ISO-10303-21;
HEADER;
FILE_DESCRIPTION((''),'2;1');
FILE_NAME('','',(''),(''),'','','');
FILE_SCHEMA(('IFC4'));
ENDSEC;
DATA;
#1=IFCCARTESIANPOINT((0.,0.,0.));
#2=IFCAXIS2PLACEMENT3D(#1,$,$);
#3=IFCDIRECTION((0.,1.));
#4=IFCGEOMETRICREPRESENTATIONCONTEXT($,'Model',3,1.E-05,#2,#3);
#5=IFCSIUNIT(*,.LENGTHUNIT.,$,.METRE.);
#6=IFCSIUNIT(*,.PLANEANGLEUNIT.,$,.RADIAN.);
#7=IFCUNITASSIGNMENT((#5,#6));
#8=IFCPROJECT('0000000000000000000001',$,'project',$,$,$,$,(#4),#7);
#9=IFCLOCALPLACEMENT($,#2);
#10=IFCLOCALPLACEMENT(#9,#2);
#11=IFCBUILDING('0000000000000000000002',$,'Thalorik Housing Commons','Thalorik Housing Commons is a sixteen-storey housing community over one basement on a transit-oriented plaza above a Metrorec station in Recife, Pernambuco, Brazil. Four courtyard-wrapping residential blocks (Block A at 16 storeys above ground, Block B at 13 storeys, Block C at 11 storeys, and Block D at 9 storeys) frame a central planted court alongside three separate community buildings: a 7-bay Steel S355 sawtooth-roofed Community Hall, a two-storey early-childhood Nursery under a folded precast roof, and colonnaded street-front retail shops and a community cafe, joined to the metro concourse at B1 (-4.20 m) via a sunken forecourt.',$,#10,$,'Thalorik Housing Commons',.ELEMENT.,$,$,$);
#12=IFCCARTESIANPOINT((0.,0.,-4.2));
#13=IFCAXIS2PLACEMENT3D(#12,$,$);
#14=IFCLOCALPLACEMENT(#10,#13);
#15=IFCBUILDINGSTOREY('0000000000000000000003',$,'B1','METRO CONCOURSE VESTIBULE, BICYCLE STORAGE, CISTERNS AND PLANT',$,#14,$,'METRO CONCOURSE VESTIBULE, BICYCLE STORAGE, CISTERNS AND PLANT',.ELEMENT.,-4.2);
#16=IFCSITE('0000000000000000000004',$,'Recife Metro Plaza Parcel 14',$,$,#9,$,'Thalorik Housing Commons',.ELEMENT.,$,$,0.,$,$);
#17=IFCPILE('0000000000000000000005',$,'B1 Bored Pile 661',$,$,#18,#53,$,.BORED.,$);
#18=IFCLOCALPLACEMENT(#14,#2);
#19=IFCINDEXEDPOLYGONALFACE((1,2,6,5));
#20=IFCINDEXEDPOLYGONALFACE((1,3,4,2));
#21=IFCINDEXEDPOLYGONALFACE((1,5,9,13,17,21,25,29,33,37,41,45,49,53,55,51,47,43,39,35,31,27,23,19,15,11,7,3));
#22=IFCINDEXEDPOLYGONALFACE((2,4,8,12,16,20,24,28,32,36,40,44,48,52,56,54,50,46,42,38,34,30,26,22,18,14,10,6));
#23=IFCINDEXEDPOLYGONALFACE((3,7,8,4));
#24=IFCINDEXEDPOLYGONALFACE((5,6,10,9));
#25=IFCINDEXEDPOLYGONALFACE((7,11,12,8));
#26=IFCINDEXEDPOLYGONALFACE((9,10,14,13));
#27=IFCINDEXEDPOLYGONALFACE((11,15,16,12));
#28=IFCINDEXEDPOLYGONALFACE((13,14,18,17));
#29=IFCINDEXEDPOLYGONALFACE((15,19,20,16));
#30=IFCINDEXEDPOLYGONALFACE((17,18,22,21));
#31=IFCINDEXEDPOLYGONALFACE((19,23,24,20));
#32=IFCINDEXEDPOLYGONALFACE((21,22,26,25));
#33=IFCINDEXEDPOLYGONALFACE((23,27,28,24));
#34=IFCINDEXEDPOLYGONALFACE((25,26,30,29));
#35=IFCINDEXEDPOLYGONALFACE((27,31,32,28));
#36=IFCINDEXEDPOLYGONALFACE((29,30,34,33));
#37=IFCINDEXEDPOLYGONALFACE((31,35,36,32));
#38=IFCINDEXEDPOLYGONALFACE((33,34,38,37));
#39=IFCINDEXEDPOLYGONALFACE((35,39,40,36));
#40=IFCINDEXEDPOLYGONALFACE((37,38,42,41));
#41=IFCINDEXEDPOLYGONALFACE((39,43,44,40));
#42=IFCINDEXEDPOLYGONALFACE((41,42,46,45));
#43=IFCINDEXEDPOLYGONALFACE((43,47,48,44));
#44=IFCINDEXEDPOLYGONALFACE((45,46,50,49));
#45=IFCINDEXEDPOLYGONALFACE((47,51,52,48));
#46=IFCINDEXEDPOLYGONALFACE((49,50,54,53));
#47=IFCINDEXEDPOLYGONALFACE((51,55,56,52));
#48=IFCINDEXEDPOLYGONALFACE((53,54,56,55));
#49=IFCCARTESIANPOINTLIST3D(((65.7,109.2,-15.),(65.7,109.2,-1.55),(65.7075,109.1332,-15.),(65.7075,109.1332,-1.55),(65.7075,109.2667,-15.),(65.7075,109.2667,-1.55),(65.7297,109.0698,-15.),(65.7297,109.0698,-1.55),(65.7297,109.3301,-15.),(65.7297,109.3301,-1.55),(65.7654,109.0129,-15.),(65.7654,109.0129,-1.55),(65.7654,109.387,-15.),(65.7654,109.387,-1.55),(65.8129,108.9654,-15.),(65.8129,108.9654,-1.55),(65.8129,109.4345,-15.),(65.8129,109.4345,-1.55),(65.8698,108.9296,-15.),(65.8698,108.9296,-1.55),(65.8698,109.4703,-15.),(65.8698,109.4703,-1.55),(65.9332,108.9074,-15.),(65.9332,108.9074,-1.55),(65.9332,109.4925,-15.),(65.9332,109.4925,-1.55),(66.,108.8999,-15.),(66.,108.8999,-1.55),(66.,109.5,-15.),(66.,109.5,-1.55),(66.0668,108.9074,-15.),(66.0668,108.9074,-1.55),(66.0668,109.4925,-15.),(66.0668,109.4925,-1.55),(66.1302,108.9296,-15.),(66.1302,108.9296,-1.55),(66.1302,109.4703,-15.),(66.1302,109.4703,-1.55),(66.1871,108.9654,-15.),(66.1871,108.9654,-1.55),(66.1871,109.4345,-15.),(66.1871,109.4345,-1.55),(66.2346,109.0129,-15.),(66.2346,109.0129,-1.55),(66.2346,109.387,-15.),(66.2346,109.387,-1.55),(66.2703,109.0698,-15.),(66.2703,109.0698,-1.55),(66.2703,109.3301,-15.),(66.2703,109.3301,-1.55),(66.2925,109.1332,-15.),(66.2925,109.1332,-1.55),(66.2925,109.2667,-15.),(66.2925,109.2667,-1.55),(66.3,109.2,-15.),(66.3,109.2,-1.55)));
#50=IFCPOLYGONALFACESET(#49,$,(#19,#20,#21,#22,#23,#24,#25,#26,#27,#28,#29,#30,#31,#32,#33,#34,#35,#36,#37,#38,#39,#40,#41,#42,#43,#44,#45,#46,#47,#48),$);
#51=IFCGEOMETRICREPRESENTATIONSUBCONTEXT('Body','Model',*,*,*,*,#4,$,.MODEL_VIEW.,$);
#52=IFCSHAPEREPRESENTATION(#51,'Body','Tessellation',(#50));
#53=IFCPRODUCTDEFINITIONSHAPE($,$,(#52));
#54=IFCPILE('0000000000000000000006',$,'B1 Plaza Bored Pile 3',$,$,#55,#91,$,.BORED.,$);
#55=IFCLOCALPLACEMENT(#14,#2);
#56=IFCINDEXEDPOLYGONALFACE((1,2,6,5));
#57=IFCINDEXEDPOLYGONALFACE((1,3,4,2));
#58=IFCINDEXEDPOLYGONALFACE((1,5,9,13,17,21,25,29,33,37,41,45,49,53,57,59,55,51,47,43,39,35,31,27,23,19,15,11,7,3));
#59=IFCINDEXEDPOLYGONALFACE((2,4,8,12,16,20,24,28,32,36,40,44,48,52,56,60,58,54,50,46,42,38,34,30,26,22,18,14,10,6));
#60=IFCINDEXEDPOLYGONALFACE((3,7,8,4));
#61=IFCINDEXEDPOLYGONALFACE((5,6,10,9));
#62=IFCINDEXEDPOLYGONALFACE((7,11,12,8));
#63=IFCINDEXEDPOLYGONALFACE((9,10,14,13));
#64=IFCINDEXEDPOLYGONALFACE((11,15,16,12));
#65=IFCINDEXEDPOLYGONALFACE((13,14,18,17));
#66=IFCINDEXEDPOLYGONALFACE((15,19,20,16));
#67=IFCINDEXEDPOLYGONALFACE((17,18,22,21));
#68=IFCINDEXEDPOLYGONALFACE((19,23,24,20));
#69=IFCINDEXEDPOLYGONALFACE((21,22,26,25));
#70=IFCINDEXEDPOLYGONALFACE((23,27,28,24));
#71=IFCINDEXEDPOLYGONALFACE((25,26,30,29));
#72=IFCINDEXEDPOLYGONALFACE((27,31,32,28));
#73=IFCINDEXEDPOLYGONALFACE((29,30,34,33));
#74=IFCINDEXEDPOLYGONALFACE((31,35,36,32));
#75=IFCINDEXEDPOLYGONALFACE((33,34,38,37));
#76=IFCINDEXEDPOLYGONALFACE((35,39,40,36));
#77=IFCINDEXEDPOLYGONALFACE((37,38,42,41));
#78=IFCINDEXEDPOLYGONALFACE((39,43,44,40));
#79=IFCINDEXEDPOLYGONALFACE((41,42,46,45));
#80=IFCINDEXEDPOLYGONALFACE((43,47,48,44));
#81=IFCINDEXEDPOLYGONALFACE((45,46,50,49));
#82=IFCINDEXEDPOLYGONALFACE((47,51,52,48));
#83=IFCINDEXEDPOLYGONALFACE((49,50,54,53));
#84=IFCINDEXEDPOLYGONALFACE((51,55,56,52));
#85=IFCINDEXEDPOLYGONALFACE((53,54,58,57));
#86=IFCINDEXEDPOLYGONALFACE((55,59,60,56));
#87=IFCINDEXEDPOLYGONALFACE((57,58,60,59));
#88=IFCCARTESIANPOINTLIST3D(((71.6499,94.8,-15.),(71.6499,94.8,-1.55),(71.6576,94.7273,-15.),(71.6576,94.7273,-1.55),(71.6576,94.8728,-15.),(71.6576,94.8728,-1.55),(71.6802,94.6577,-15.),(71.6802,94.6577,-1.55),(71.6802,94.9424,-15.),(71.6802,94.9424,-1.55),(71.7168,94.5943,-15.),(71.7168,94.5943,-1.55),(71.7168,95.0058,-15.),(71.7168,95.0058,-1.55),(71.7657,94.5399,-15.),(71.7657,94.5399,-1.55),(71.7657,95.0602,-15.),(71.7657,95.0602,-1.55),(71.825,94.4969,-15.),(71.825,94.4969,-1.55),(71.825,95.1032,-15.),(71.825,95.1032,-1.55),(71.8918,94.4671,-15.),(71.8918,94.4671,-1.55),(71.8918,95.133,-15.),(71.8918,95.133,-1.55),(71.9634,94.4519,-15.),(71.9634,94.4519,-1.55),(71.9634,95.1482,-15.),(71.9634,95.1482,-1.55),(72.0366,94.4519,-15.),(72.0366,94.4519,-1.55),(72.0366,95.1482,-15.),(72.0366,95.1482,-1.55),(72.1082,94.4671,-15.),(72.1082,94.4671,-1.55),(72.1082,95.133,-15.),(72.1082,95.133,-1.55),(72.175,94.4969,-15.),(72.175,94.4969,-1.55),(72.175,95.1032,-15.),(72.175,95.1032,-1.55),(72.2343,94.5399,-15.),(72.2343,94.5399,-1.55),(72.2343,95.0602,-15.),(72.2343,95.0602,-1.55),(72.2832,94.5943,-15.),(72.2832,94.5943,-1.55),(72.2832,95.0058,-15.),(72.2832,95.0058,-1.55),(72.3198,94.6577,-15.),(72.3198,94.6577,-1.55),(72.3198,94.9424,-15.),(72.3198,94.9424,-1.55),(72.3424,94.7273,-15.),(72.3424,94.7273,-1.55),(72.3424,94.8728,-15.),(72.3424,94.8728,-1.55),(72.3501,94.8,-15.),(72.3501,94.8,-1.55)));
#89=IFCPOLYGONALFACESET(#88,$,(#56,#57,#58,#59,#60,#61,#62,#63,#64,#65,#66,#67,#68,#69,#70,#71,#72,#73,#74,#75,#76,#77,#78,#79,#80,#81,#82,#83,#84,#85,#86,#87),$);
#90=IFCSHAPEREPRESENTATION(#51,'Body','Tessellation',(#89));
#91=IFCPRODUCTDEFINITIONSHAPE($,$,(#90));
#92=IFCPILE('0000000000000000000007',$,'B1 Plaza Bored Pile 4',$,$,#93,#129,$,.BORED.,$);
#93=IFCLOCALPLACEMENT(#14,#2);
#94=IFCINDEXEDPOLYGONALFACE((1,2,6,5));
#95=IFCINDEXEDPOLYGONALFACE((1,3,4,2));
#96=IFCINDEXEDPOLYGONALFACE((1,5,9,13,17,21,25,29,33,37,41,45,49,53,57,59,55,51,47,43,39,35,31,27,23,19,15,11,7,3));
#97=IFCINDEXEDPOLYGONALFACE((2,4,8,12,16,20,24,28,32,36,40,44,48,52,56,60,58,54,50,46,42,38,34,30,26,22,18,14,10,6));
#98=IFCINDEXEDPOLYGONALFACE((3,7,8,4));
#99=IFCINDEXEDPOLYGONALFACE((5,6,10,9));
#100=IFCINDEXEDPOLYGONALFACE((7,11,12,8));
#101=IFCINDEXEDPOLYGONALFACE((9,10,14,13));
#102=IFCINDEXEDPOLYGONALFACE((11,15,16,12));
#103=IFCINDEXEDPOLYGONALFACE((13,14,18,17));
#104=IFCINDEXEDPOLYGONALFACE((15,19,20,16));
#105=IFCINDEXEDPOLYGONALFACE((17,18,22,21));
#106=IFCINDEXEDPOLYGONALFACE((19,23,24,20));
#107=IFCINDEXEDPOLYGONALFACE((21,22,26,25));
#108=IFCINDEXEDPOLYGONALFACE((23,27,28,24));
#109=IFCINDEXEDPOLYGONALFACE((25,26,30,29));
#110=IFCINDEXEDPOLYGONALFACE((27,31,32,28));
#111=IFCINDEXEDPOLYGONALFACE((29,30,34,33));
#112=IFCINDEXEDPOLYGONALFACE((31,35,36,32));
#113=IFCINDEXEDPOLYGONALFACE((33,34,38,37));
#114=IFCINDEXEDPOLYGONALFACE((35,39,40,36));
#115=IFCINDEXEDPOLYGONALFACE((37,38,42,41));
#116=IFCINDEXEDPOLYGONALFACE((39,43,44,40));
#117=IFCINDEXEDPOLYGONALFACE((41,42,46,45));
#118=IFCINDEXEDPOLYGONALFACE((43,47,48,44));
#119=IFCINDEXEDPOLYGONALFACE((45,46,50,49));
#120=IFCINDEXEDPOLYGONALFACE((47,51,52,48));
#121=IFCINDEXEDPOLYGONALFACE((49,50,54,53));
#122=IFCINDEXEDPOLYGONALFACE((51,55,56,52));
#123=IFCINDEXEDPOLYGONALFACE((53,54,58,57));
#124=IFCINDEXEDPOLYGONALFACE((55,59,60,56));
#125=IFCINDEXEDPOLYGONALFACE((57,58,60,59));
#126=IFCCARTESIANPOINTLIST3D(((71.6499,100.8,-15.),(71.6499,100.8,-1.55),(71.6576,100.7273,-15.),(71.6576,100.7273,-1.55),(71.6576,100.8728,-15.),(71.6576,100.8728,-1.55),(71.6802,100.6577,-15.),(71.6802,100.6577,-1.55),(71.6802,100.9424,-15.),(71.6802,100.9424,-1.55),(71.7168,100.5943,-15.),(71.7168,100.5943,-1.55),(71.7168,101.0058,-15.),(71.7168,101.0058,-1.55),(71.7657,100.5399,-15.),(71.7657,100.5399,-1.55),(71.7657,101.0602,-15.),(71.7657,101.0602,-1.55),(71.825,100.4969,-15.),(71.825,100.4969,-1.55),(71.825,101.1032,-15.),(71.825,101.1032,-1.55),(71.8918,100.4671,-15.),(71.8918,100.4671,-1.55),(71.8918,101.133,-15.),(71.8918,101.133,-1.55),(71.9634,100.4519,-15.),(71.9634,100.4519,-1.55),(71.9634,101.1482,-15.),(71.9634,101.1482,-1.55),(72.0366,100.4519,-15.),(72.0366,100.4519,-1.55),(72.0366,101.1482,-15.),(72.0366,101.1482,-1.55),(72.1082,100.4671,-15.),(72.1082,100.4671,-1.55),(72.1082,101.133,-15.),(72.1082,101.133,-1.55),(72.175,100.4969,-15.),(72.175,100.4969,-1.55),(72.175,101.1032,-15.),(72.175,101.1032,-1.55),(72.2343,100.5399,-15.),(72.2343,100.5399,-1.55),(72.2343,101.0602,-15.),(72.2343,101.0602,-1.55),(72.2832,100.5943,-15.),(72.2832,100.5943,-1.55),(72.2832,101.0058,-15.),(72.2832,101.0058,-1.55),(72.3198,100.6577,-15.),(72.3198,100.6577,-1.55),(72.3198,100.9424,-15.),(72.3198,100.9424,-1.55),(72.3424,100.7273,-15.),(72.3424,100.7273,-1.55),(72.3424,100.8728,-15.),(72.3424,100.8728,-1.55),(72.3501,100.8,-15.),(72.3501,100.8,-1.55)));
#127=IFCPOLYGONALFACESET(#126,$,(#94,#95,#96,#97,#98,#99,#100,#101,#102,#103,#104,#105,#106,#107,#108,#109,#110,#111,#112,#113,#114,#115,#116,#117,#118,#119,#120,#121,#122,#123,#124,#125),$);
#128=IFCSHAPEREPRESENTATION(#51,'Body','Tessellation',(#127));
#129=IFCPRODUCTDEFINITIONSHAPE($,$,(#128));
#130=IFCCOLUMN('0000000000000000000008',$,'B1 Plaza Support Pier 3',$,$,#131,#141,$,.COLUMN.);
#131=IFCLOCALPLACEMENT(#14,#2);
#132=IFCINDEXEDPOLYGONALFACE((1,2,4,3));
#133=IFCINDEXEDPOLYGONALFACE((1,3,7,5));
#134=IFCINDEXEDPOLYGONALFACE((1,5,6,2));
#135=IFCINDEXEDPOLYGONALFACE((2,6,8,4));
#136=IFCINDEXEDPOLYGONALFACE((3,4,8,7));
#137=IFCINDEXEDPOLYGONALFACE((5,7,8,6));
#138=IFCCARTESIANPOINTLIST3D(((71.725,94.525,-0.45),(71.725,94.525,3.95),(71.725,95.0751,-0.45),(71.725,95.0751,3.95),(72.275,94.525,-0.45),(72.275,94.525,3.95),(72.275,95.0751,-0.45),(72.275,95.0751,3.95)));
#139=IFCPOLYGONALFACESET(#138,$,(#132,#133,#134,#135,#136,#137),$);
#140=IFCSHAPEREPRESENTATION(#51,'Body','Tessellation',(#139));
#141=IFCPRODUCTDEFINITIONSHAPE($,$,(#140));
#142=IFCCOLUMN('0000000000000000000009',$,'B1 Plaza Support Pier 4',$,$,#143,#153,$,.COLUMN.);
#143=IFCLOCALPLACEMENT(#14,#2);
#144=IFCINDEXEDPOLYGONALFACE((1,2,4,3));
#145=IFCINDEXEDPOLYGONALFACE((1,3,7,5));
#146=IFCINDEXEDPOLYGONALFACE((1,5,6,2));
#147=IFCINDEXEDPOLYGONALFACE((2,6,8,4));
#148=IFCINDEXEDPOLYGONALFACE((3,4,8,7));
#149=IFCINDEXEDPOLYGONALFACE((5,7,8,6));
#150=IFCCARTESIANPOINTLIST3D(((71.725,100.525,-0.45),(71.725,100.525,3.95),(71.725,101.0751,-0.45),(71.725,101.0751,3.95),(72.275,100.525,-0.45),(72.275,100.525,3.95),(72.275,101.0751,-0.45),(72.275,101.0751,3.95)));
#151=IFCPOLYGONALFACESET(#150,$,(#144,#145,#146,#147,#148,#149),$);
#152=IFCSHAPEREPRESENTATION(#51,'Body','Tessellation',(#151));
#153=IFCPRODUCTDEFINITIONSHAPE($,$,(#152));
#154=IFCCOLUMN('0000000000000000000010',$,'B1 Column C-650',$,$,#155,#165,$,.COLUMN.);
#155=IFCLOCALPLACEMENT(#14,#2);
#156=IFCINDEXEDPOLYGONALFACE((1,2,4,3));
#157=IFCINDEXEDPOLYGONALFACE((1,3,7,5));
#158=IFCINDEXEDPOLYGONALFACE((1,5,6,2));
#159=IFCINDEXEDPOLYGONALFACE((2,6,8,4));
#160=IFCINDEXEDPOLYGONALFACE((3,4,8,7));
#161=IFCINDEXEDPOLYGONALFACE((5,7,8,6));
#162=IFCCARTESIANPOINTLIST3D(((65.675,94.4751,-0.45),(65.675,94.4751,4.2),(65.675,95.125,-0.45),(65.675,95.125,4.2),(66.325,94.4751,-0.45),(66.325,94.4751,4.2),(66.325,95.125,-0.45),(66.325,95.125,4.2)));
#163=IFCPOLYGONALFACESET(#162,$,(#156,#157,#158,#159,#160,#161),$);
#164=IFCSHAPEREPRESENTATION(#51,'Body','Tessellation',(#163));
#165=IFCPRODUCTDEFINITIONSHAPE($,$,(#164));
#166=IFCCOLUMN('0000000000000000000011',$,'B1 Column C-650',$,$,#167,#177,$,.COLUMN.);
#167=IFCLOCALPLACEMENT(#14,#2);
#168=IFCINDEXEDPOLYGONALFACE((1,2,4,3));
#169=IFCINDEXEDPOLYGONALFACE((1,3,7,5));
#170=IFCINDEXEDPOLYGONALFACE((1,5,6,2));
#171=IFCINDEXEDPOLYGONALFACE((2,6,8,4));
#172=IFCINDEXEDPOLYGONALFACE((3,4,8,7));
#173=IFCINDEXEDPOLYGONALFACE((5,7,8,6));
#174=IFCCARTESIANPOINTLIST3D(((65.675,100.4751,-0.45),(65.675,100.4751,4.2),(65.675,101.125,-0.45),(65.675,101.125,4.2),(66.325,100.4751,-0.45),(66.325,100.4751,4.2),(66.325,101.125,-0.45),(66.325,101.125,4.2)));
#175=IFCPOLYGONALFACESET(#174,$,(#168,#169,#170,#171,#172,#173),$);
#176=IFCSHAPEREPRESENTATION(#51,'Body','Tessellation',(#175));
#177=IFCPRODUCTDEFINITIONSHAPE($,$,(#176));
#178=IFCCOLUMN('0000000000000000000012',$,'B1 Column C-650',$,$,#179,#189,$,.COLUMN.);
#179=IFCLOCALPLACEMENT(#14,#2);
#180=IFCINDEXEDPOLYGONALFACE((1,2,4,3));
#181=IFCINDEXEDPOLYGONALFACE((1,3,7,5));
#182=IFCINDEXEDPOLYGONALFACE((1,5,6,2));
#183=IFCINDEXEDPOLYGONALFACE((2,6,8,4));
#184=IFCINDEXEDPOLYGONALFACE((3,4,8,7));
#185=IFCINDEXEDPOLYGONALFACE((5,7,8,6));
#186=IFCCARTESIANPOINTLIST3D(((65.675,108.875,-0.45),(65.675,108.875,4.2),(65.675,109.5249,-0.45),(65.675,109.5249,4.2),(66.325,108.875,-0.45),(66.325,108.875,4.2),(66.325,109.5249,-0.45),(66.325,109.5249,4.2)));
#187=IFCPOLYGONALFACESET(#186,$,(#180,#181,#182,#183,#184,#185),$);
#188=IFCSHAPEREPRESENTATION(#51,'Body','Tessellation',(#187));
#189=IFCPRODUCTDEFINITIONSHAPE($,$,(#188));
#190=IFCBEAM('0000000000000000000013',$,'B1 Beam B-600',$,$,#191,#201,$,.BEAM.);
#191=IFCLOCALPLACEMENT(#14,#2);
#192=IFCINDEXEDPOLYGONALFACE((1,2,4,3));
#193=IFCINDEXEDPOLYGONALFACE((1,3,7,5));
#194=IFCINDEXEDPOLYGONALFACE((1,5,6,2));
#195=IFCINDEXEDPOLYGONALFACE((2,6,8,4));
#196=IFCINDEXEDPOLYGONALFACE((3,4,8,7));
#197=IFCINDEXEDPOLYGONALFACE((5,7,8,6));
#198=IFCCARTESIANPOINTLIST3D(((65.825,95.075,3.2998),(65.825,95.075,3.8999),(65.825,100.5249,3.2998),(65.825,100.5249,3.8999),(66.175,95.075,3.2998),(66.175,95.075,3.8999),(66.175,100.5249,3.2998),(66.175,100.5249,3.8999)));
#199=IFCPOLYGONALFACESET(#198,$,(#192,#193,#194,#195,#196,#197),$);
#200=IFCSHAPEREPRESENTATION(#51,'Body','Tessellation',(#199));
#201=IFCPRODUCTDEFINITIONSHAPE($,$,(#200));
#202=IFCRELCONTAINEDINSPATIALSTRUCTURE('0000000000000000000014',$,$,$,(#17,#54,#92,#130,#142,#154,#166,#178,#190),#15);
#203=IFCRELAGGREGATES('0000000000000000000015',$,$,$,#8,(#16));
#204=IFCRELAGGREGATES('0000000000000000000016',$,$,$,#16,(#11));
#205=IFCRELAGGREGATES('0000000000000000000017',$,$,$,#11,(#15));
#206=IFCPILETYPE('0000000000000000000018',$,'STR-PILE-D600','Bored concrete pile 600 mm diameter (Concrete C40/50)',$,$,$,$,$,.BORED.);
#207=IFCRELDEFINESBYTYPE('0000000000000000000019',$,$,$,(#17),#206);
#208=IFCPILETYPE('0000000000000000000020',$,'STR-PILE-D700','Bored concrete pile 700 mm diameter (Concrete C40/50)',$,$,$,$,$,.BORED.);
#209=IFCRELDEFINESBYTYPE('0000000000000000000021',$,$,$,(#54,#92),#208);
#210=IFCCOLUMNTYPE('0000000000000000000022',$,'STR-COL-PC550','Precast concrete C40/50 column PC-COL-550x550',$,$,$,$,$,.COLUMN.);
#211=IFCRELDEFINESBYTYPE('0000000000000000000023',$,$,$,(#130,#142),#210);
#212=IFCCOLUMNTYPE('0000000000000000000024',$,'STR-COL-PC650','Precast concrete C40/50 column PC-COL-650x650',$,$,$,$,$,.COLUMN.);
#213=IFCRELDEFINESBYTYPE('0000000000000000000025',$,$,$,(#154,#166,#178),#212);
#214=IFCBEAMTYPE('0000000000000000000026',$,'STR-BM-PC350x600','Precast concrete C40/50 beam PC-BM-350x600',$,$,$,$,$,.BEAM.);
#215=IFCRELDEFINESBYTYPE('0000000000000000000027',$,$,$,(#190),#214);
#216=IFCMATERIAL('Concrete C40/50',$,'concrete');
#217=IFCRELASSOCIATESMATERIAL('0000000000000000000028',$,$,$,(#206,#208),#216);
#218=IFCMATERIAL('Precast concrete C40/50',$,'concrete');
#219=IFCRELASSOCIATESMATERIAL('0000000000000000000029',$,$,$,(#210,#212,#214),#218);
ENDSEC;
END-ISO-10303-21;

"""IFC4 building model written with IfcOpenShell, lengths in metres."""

from ifc_helpers import new_model, si_unit, direction, frame, origin, origin_2d, place, context, subcontext, project, spatial, rectangle, circle, extrude, material, material_profile, profile_set, type_object, element, save


model = new_model("IFC4")

# Units and contexts
model_context = context("Model", 3, precision=1e-05, world=origin(), true_north=direction((0.0, 1.0)))
body_context = subcontext(model_context, "Body", "Model", "MODEL_VIEW")
ifc_project = project(units=[si_unit("LENGTHUNIT", "METRE"), si_unit("PLANEANGLEUNIT", "RADIAN")], contexts=[model_context])

# Site, building, storey
site_placement = place(None, origin())
site = spatial("IfcSite", under=ifc_project, at=site_placement, Name="Recife Metro Plaza Parcel 14", LongName="Thalorik Housing Commons", CompositionType="ELEMENT", RefElevation=0.0)
building_placement = place(site_placement, origin())
building = spatial("IfcBuilding", under=site, at=building_placement, Name="Thalorik Housing Commons", Description="Thalorik Housing Commons is a sixteen-storey housing community over one basement on a transit-oriented plaza above a Metrorec station in Recife, Pernambuco, Brazil. Four courtyard-wrapping residential blocks (Block A at 16 storeys above ground, Block B at 13 storeys, Block C at 11 storeys, and Block D at 9 storeys) frame a central planted court alongside three separate community buildings: a 7-bay Steel S355 sawtooth-roofed Community Hall, a two-storey early-childhood Nursery under a folded precast roof, and colonnaded street-front retail shops and a community cafe, joined to the metro concourse at B1 (-4.20 m) via a sunken forecourt.", LongName="Thalorik Housing Commons", CompositionType="ELEMENT")
storey_placement = place(building_placement, frame((0.0, 0.0, -4.2)))
storey = spatial("IfcBuildingStorey", under=building, at=storey_placement, Name="B1", Description="METRO CONCOURSE VESTIBULE, BICYCLE STORAGE, CISTERNS AND PLANT", LongName="METRO CONCOURSE VESTIBULE, BICYCLE STORAGE, CISTERNS AND PLANT", CompositionType="ELEMENT", Elevation=-4.2)

# Shared definitions
ifc_material_1 = material(Name="Concrete C40/50", Category="concrete")

# Piles
ifc_material_profile_1 = material_profile(ifc_material_1, circle(Radius=0.3, at=origin_2d()), Name="BORED PILE D600", Category="concrete")
ifc_profile_set_1 = profile_set([ifc_material_profile_1], Name="Concrete C40/50")
pile_type_1 = type_object("IfcPileType", Name="STR-PILE-D600", Description="Bored concrete pile 600 mm diameter (Concrete C40/50)", PredefinedType="BORED", material=ifc_profile_set_1)
for number, where, z_axis, x_axis, name in (
    (1, (66.0, 109.2, -1.55), (0.0, 0.0, -1.0), (1.0, 0.0, 0.0), "B1 Bored Pile 661"),
):
    element("IfcPile", number, at=place(storey_placement, frame(where, z_axis=z_axis, x_axis=x_axis)), inside=storey, type_object=pile_type_1, Name=name, PredefinedType="BORED", context=body_context, shape_type="SweptSolid", body=[
        extrude(circle(Radius=0.3, at=origin_2d()), origin(), (0.0, 0.0, 1.0), 13.45),
    ])
ifc_material_profile_2 = material_profile(ifc_material_1, circle(Radius=0.3501, at=origin_2d()), Name="BORED PILE D700", Category="concrete")
ifc_profile_set_2 = profile_set([ifc_material_profile_2], Name="Concrete C40/50")
pile_type_2 = type_object("IfcPileType", Name="STR-PILE-D700", Description="Bored concrete pile 700 mm diameter (Concrete C40/50)", PredefinedType="BORED", material=ifc_profile_set_2)
for number, where, z_axis, x_axis, name in (
    (2, (72.0, 94.8, -1.55), (0.0, 0.0, -1.0), (1.0, 0.0, 0.0), "B1 Plaza Bored Pile 3"),
    (3, (72.0, 100.8, -1.55), (0.0, 0.0, -1.0), (1.0, 0.0, 0.0), "B1 Plaza Bored Pile 4"),
):
    element("IfcPile", number, at=place(storey_placement, frame(where, z_axis=z_axis, x_axis=x_axis)), inside=storey, type_object=pile_type_2, Name=name, PredefinedType="BORED", context=body_context, shape_type="SweptSolid", body=[
        extrude(circle(Radius=0.3501, at=origin_2d()), origin(), (0.0, 0.0, 1.0), 13.45),
    ])

# Columns
ifc_material_2 = material(Name="Precast concrete C40/50", Category="concrete")
ifc_material_profile_3 = material_profile(ifc_material_2, rectangle(XDim=0.55, YDim=0.55, at=origin_2d()), Name="PC 550x550", Category="concrete")
ifc_profile_set_3 = profile_set([ifc_material_profile_3], Name="Precast concrete C40/50")
column_type_1 = type_object("IfcColumnType", Name="STR-COL-PC550", Description="Precast concrete C40/50 column PC-COL-550x550", PredefinedType="COLUMN", material=ifc_profile_set_3)
for number, where, z_axis, x_axis, name in (
    (4, (72.0, 94.8, -0.45), (0.0, 0.0, 1.0), (1.0, 0.0, 0.0), "B1 Plaza Support Pier 3"),
    (5, (72.0, 100.8, -0.45), (0.0, 0.0, 1.0), (1.0, 0.0, 0.0), "B1 Plaza Support Pier 4"),
):
    element("IfcColumn", number, at=place(storey_placement, frame(where, z_axis=z_axis, x_axis=x_axis)), inside=storey, type_object=column_type_1, Name=name, PredefinedType="COLUMN", context=body_context, shape_type="SweptSolid", body=[
        extrude(rectangle(XDim=0.55, YDim=0.55, at=origin_2d()), origin(), (0.0, 0.0, 1.0), 4.3999),
    ])
ifc_material_profile_4 = material_profile(ifc_material_2, rectangle(XDim=0.6499, YDim=0.6499, at=origin_2d()), Name="PC 650x650", Category="concrete")
ifc_profile_set_4 = profile_set([ifc_material_profile_4], Name="Precast concrete C40/50")
column_type_2 = type_object("IfcColumnType", Name="STR-COL-PC650", Description="Precast concrete C40/50 column PC-COL-650x650", PredefinedType="COLUMN", material=ifc_profile_set_4)
for number, where, z_axis, x_axis, name in (
    (6, (66.0, 94.8, -0.45), (0.0, 0.0, 1.0), (1.0, 0.0, 0.0), "B1 Column C-650"),
    (7, (66.0, 100.8, -0.45), (0.0, 0.0, 1.0), (1.0, 0.0, 0.0), "B1 Column C-650"),
    (8, (66.0, 109.2, -0.45), (0.0, 0.0, 1.0), (1.0, 0.0, 0.0), "B1 Column C-650"),
):
    element("IfcColumn", number, at=place(storey_placement, frame(where, z_axis=z_axis, x_axis=x_axis)), inside=storey, type_object=column_type_2, Name=name, PredefinedType="COLUMN", context=body_context, shape_type="SweptSolid", body=[
        extrude(rectangle(XDim=0.6499, YDim=0.6499, at=origin_2d()), origin(), (0.0, 0.0, 1.0), 4.6499),
    ])

# Beam
ifc_material_profile_5 = material_profile(ifc_material_2, rectangle(XDim=0.3501, YDim=0.6001, at=origin_2d()), Name="PC 350x600", Category="concrete")
ifc_profile_set_5 = profile_set([ifc_material_profile_5], Name="Precast concrete C40/50")
beam_type_1 = type_object("IfcBeamType", Name="STR-BM-PC350x600", Description="Precast concrete C40/50 beam PC-BM-350x600", PredefinedType="BEAM", material=ifc_profile_set_5)
beam_1_placement = place(storey_placement, frame((66.0, 95.075, 3.5999), z_axis=(0.0, 1.0, 0.0), x_axis=(-1.0, 0.0, 0.0)))
element("IfcBeam", 9, at=beam_1_placement, inside=storey, type_object=beam_type_1, Name="B1 Beam B-600", PredefinedType="BEAM", context=body_context, shape_type="SweptSolid", body=[
    extrude(rectangle(XDim=0.3501, YDim=0.6001, at=origin_2d()), origin(), (0.0, 0.0, 1.0), 5.45),
])

save(model, "model.ifc")
